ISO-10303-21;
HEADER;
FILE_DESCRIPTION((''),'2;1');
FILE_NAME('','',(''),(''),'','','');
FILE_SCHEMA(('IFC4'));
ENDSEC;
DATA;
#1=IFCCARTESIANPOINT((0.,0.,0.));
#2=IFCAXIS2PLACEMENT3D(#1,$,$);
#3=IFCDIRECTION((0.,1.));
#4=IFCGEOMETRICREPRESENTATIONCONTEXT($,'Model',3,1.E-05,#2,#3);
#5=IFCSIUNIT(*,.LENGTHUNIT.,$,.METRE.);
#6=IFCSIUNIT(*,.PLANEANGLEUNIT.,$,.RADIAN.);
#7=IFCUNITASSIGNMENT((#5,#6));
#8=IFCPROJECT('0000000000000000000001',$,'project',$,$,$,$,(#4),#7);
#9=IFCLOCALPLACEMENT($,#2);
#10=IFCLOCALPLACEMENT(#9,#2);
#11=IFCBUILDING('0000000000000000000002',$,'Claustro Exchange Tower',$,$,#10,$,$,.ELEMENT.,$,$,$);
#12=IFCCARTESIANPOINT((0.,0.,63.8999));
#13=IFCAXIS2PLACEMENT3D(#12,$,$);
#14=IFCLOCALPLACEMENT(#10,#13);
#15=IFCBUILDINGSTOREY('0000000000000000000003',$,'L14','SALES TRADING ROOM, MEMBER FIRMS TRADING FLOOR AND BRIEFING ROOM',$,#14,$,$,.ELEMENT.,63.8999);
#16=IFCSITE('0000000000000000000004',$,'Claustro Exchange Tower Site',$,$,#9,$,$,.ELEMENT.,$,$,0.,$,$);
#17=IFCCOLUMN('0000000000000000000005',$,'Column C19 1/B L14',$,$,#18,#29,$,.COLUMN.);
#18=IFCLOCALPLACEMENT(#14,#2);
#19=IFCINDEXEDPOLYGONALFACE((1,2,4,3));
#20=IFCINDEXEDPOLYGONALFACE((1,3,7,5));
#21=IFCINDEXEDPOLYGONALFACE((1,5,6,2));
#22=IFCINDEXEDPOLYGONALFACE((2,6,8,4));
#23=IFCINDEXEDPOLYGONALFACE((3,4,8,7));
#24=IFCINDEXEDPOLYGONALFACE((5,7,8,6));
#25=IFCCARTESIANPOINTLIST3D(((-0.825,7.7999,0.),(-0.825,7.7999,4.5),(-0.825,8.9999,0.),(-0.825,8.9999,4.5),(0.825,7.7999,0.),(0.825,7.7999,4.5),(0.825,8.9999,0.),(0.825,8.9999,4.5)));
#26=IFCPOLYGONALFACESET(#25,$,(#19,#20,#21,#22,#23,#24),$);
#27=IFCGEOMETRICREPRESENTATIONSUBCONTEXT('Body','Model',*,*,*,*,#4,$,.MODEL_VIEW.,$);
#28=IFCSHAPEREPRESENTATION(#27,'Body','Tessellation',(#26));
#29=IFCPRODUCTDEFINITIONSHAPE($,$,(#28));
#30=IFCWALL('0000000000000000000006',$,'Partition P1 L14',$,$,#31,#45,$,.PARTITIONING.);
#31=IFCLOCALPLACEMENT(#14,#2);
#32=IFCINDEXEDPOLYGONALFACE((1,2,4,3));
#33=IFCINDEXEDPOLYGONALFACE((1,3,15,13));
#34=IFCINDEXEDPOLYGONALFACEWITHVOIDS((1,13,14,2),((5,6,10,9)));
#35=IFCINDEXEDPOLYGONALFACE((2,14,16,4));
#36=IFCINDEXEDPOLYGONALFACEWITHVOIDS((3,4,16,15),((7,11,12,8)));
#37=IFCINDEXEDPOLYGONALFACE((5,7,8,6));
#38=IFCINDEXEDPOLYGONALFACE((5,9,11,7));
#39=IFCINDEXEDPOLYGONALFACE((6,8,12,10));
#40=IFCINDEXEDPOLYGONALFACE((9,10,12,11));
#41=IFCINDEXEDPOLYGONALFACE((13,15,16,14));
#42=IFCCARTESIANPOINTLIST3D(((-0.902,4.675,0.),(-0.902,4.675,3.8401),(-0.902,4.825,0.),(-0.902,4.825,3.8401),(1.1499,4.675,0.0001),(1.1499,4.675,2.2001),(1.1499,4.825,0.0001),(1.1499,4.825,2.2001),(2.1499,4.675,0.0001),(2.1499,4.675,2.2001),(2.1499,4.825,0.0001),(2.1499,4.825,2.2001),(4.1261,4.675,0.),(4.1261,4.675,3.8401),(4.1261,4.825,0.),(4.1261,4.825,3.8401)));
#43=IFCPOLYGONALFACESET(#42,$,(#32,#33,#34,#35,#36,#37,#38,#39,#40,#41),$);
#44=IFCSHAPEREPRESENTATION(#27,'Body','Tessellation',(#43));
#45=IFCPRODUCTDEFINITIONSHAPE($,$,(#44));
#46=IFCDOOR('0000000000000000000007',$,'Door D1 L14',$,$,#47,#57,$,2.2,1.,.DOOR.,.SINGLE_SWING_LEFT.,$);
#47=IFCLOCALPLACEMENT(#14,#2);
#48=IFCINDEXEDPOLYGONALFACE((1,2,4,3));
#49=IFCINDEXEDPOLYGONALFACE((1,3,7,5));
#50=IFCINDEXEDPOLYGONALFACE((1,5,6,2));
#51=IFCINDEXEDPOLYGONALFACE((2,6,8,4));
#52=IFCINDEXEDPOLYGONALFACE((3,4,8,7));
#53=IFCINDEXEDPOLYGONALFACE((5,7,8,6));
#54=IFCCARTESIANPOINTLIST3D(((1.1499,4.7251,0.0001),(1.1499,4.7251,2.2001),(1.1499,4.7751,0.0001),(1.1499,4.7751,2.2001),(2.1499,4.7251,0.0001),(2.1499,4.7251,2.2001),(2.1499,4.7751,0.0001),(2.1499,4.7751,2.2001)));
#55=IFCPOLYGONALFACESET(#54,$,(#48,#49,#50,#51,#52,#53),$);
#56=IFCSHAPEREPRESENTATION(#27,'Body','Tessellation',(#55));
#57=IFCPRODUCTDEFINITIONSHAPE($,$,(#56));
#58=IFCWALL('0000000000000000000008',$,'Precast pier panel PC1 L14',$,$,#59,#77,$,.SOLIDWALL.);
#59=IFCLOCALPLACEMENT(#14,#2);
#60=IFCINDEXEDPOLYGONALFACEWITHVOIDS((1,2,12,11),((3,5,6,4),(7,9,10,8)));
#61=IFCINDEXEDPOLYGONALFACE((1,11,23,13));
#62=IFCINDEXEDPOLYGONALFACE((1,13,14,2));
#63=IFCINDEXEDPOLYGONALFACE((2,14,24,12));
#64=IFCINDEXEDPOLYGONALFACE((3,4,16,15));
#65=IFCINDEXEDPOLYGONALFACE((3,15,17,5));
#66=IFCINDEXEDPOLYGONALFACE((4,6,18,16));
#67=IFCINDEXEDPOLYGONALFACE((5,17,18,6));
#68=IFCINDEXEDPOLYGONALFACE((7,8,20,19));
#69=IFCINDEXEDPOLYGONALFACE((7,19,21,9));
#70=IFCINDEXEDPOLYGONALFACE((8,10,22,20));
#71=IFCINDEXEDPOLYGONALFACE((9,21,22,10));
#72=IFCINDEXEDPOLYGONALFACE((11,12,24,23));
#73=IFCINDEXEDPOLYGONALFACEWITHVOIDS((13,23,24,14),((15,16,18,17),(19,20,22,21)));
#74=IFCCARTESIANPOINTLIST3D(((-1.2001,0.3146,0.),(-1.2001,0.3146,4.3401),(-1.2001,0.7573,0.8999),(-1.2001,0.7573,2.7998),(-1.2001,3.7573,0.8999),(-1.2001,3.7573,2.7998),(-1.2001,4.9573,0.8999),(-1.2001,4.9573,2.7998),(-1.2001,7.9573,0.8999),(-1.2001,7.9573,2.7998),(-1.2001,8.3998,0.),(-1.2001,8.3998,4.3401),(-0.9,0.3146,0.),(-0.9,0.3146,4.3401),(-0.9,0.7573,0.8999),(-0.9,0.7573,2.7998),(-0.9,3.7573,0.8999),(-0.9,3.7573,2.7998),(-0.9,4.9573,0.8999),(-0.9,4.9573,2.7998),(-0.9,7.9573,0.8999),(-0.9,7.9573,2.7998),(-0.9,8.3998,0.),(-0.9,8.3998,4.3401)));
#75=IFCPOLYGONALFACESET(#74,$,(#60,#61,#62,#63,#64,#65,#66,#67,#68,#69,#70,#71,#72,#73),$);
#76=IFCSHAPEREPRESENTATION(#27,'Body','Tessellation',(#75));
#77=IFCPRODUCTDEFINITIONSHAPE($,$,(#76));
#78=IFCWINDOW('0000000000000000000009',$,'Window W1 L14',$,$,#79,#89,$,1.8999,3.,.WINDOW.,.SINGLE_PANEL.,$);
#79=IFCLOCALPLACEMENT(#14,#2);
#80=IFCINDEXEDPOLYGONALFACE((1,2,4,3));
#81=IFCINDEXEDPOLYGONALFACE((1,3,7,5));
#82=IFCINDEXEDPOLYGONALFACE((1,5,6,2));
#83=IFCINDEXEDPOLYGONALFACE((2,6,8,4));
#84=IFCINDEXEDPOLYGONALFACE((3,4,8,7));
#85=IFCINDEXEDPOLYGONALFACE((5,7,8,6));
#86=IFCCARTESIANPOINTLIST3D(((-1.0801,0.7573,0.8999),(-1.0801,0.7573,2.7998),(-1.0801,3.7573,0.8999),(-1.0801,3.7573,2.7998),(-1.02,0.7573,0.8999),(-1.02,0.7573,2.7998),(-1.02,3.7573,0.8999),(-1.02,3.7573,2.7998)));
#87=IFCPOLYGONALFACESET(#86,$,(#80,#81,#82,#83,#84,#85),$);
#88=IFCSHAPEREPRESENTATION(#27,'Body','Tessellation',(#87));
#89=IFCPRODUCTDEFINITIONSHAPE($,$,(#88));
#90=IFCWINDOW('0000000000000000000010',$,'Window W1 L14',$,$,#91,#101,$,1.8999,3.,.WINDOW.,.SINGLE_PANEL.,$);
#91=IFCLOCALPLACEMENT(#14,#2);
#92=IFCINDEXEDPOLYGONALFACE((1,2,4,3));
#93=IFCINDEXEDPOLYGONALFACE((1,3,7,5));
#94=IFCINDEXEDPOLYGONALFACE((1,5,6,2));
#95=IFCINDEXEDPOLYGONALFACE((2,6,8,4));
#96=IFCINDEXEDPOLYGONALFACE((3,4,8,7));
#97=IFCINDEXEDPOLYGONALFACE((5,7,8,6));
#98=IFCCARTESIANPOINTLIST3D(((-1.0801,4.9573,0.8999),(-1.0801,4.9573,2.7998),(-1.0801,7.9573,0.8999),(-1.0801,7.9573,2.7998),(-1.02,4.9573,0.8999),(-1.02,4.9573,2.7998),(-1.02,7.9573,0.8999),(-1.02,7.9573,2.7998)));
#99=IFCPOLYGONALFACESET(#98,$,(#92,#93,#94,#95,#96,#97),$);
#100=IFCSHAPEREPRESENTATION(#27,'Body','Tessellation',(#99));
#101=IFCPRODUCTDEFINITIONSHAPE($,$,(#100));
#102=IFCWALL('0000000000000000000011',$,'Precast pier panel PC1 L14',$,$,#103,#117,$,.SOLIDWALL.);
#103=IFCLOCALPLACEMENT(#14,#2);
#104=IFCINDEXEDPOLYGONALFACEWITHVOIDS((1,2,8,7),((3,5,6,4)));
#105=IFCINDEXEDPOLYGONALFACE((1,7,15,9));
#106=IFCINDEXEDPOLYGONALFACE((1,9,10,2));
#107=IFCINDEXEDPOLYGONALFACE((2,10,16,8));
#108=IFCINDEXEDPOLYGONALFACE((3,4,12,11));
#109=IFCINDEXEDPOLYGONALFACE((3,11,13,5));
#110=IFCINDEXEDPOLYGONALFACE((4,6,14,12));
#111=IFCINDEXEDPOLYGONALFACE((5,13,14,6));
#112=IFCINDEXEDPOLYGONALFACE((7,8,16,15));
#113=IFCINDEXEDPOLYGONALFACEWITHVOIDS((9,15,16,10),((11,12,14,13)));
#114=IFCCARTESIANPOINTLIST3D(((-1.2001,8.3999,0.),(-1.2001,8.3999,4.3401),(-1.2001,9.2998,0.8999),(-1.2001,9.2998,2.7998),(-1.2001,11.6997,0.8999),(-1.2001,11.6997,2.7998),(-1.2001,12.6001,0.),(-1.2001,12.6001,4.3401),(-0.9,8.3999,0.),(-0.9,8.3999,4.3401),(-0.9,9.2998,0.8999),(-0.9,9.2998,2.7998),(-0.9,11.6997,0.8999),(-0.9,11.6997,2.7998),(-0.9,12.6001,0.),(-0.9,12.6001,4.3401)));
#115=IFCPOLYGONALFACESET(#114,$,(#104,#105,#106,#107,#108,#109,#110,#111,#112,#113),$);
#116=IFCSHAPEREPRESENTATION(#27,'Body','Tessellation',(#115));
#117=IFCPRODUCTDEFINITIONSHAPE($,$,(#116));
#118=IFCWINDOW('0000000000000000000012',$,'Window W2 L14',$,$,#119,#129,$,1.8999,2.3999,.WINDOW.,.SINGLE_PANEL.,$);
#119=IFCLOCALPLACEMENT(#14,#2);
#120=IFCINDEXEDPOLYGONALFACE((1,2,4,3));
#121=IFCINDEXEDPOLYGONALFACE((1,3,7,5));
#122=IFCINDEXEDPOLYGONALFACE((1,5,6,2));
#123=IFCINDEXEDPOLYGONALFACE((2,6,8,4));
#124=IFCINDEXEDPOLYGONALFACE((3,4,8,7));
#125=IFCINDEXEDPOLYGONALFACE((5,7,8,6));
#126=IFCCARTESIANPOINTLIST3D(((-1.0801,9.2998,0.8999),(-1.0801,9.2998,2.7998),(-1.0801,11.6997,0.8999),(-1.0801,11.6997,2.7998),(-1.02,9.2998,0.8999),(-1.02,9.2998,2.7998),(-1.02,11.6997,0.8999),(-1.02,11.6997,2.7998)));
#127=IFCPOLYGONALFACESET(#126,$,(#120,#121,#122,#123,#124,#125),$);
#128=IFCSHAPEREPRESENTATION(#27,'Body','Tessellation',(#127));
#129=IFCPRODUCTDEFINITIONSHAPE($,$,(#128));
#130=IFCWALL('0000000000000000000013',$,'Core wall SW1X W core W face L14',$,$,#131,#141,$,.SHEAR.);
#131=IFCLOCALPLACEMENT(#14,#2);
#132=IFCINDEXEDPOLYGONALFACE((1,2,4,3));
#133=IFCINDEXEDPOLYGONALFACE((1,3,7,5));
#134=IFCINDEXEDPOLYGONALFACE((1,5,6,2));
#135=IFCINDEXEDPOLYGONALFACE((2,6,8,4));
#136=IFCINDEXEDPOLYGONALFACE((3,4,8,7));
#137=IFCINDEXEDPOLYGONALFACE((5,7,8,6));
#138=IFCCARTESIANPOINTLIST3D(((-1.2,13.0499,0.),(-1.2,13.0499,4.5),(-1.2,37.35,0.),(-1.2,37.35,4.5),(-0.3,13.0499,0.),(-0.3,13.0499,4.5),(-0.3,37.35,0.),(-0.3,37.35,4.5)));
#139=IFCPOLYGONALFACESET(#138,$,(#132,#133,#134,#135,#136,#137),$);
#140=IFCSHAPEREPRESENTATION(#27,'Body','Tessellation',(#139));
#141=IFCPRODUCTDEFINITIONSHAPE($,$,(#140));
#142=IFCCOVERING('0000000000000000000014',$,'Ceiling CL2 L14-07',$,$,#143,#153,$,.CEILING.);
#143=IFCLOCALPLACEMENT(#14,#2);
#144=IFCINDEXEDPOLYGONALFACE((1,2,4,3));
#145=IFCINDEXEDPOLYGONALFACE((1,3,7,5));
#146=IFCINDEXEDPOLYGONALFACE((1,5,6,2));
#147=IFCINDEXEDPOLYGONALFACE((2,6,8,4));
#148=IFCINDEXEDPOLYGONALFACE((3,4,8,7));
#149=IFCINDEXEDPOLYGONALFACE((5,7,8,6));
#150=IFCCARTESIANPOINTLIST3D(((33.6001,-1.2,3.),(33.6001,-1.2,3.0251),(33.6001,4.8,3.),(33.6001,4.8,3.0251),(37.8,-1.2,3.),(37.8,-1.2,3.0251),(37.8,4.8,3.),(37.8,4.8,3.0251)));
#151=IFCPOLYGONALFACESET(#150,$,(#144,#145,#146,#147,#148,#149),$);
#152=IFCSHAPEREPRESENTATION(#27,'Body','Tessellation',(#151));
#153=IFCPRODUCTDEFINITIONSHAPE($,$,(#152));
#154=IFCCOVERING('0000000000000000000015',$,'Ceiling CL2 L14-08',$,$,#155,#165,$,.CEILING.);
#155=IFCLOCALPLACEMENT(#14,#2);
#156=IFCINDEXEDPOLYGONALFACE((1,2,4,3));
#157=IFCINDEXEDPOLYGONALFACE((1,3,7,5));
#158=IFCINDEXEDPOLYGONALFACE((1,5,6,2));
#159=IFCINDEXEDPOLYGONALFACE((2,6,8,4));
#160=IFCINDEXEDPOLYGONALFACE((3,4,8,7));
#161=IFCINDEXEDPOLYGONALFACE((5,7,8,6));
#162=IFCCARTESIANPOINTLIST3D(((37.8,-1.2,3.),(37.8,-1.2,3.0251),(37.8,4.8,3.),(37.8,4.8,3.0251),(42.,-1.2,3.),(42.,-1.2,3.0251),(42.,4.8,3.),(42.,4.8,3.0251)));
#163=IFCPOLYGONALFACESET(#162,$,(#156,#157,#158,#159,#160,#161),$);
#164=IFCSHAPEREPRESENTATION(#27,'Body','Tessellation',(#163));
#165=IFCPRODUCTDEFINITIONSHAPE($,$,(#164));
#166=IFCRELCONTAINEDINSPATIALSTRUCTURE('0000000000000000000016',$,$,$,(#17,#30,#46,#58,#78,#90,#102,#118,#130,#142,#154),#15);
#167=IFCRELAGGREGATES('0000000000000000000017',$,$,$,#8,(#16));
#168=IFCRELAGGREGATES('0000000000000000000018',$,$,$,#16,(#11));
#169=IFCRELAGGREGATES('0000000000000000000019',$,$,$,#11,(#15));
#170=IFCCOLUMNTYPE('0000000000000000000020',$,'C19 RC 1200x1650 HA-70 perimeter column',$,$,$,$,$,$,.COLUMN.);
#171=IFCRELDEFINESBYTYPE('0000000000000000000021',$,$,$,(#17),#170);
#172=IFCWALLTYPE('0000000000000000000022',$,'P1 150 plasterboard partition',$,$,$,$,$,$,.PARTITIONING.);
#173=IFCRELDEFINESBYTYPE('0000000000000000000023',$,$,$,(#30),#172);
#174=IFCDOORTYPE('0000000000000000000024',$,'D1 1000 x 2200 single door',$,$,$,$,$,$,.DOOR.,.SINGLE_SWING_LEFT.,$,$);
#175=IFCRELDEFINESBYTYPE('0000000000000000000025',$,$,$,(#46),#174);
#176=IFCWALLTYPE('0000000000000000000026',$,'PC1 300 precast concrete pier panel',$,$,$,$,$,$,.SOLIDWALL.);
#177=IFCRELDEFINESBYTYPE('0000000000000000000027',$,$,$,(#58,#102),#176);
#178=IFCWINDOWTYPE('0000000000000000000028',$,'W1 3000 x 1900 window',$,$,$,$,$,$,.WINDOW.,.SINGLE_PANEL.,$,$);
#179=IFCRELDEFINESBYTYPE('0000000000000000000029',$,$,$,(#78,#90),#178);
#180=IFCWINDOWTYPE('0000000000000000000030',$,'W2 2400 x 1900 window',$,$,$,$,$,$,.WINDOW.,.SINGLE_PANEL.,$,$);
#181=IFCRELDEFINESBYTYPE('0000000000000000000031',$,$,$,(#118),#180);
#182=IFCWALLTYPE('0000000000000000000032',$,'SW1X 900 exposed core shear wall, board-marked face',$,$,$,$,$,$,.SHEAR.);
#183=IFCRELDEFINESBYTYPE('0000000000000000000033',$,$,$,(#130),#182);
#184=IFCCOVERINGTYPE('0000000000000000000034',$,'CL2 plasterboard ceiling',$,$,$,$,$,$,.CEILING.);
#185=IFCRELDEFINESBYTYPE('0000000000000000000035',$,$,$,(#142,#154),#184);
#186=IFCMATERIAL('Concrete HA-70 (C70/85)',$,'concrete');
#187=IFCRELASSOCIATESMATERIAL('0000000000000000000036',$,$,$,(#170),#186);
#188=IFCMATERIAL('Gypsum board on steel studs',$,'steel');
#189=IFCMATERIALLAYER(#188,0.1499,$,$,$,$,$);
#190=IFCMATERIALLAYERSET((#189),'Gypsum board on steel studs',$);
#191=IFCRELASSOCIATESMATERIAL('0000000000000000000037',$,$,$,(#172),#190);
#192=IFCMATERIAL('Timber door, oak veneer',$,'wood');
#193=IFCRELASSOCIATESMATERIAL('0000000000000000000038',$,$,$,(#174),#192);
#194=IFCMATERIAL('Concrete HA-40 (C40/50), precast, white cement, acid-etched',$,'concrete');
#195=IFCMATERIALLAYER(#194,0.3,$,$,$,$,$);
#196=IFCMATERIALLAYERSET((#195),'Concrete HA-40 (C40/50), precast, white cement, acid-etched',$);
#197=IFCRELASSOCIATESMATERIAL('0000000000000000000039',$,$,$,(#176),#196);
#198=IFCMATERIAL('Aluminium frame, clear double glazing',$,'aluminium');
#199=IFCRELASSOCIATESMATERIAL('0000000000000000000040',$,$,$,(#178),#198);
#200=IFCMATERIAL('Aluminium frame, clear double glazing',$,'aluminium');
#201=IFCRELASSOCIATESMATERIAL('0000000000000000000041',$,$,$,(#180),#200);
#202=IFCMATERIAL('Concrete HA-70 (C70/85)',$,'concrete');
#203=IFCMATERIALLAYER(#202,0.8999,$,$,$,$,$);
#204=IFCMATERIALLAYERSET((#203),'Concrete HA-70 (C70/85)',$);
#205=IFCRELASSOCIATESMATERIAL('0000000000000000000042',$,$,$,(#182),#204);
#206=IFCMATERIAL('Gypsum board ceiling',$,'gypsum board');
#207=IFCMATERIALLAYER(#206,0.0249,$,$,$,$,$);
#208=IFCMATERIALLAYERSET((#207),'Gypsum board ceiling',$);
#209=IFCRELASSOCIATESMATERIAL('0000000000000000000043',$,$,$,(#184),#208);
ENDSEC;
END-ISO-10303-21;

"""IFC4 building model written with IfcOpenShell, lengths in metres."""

from ifc_helpers import new_model, si_unit, direction, frame, frame_2d, origin, origin_2d, place, context, subcontext, project, spatial, polyline, rectangle, outline, extrude, material, layer, layer_set, material_profile, profile_set, type_object, element, fill, save


model = new_model("IFC4")

# Units and contexts
model_context = context("Model", 3, precision=1e-05, world=origin(), true_north=direction((0.0, 1.0)))
body_context = subcontext(model_context, "Body", "Model", "MODEL_VIEW")
ifc_project = project(units=[si_unit("LENGTHUNIT", "METRE"), si_unit("PLANEANGLEUNIT", "RADIAN")], contexts=[model_context])

# Site, building, storey
site_placement = place(None, origin())
site = spatial("IfcSite", under=ifc_project, at=site_placement, Name="Claustro Exchange Tower Site", CompositionType="ELEMENT", RefElevation=0.0)
building_placement = place(site_placement, origin())
building = spatial("IfcBuilding", under=site, at=building_placement, Name="Claustro Exchange Tower", CompositionType="ELEMENT")
storey_placement = place(building_placement, frame((0.0, 0.0, 63.8999)))
storey = spatial("IfcBuildingStorey", under=building, at=storey_placement, Name="L14", Description="SALES TRADING ROOM, MEMBER FIRMS TRADING FLOOR AND BRIEFING ROOM", CompositionType="ELEMENT", Elevation=63.8999)

# Column
ifc_material_1 = material(Name="Concrete HA-70 (C70/85)", Category="concrete")
ifc_material_profile = material_profile(ifc_material_1, rectangle(XDim=1.2, YDim=1.6499, at=origin_2d()), Name="RC 1200x1650")
ifc_profile_set = profile_set([ifc_material_profile], Name="Concrete HA-70 (C70/85)")
column_type = type_object("IfcColumnType", Name="C19 RC 1200x1650 HA-70 perimeter column", PredefinedType="COLUMN", material=ifc_profile_set)
column_placement = place(storey_placement, frame((0.0, 8.3999, 0.0), z_axis=(0.0, 0.0, 1.0), x_axis=(0.0, 1.0, 0.0)))
element("IfcColumn", 1, at=column_placement, inside=storey, type_object=column_type, Name="Column C19 1/B L14", PredefinedType="COLUMN", context=body_context, shape_type="SweptSolid", body=[
    extrude(rectangle(XDim=1.2, YDim=1.6499, at=origin_2d()), origin(), (0.0, 0.0, 1.0), 4.5),
])

# Wall, opening, door
ifc_material_2 = material(Name="Gypsum board on steel studs", Category="steel")
ifc_layer_1 = layer(ifc_material_2, 0.1499)
ifc_layer_set_1 = layer_set([ifc_layer_1], Name="Gypsum board on steel studs")
wall_type_1 = type_object("IfcWallType", Name="P1 150 plasterboard partition", PredefinedType="PARTITIONING", material=ifc_layer_set_1)
wall_1_placement = place(storey_placement, frame((-0.9021, 4.75, 0.0), z_axis=(0.0, 0.0, 1.0), x_axis=(1.0, 0.0, 0.0)))
wall_1 = element("IfcWall", 2, at=wall_1_placement, inside=storey, type_object=wall_type_1, Name="Partition P1 L14", PredefinedType="PARTITIONING", context=body_context, shape_type="SweptSolid", body=[
    extrude(rectangle(XDim=5.0281, YDim=0.1499, at=frame_2d((2.5142, 0.0))), origin(), (0.0, 0.0, 1.0), 3.8401),
])
opening_1_placement = place(wall_1_placement, frame((2.052, 0.0, 0.0)))
opening_1 = element("IfcOpeningElement", 3, at=opening_1_placement, cuts=wall_1, PredefinedType="OPENING", context=body_context, shape_type="SweptSolid", body=[
    extrude(rectangle(XDim=1.0, YDim=2.2, at=frame_2d((0.5, 1.1001))), frame((0.0, 0.085, 0.0), z_axis=(0.0, -1.0, 0.0), x_axis=(1.0, 0.0, 0.0)), (0.0, 0.0, 1.0), 0.1699),
])
ifc_material_3 = material(Name="Timber door, oak veneer", Category="wood")
door_type_1 = type_object("IfcDoorType", Name="D1 1000 x 2200 single door", OperationType="SINGLE_SWING_LEFT", PredefinedType="DOOR", material=ifc_material_3)
door_1_placement = place(opening_1_placement, frame((1.0, 0.0, 0.0), z_axis=(0.0, 0.0, 1.0), x_axis=(-1.0, 0.0, 0.0)))
door_1 = element("IfcDoor", 4, at=door_1_placement, inside=storey, type_object=door_type_1, Name="Door D1 L14", OperationType="SINGLE_SWING_LEFT", OverallHeight=2.2, OverallWidth=1.0, PredefinedType="DOOR", context=body_context, shape_type="SweptSolid", body=[
    extrude(rectangle(XDim=1.0, YDim=2.2, at=frame_2d((0.5, 1.1001))), frame((0.0, 0.0249, 0.0), z_axis=(0.0, -1.0, 0.0), x_axis=(1.0, 0.0, 0.0)), (0.0, 0.0, 1.0), 0.05),
])
fill(opening_1, door_1)

# Wall, openings, windows
ifc_material_4 = material(Name="Concrete HA-40 (C40/50), precast, white cement, acid-etched", Category="concrete")
ifc_layer_2 = layer(ifc_material_4, 0.3)
ifc_layer_set_2 = layer_set([ifc_layer_2], Name="Concrete HA-40 (C40/50), precast, white cement, acid-etched")
wall_type_2 = type_object("IfcWallType", Name="PC1 300 precast concrete pier panel", PredefinedType="SOLIDWALL", material=ifc_layer_set_2)
wall_2_placement = place(storey_placement, frame((-1.05, 0.3147, 0.0), z_axis=(0.0, 0.0, 1.0), x_axis=(0.0, 1.0, 0.0)))
wall_2 = element("IfcWall", 5, at=wall_2_placement, inside=storey, type_object=wall_type_2, Name="Precast pier panel PC1 L14", PredefinedType="SOLIDWALL", context=body_context, shape_type="SweptSolid", body=[
    extrude(rectangle(XDim=8.0852, YDim=0.3, at=frame_2d((4.0425, 0.0))), origin(), (0.0, 0.0, 1.0), 4.3401),
])
opening_2_placement = place(wall_2_placement, frame((0.4426, 0.0, 0.8999)))
opening_2 = element("IfcOpeningElement", 6, at=opening_2_placement, cuts=wall_2, PredefinedType="OPENING", context=body_context, shape_type="SweptSolid", body=[
    extrude(rectangle(XDim=3.0, YDim=1.8999, at=frame_2d((1.5, 0.95))), frame((0.0, 0.1599, 0.0), z_axis=(0.0, -1.0, 0.0), x_axis=(1.0, 0.0, 0.0)), (0.0, 0.0, 1.0), 0.3201),
])
opening_3_placement = place(wall_2_placement, frame((4.6426, 0.0, 0.8999)))
opening_3 = element("IfcOpeningElement", 7, at=opening_3_placement, cuts=wall_2, PredefinedType="OPENING", context=body_context, shape_type="SweptSolid", body=[
    extrude(rectangle(XDim=3.0, YDim=1.8999, at=frame_2d((1.5, 0.95))), frame((0.0, 0.1599, 0.0), z_axis=(0.0, -1.0, 0.0), x_axis=(1.0, 0.0, 0.0)), (0.0, 0.0, 1.0), 0.3201),
])
ifc_material_5 = material(Name="Aluminium frame, clear double glazing", Category="aluminium")
window_type_1 = type_object("IfcWindowType", Name="W1 3000 x 1900 window", PartitioningType="SINGLE_PANEL", PredefinedType="WINDOW", material=ifc_material_5)
window_1_placement = place(opening_2_placement, origin())
window_1 = element("IfcWindow", 8, at=window_1_placement, inside=storey, type_object=window_type_1, Name="Window W1 L14", OverallHeight=1.8999, OverallWidth=3.0, PartitioningType="SINGLE_PANEL", PredefinedType="WINDOW", context=body_context, shape_type="SweptSolid", body=[
    extrude(rectangle(XDim=3.0, YDim=1.8999, at=frame_2d((1.5, 0.95))), frame((0.0, 0.03, 0.0), z_axis=(0.0, -1.0, 0.0), x_axis=(1.0, 0.0, 0.0)), (0.0, 0.0, 1.0), 0.0601),
])
fill(opening_2, window_1)
window_2_placement = place(opening_3_placement, origin())
window_2 = element("IfcWindow", 9, at=window_2_placement, inside=storey, type_object=window_type_1, Name="Window W1 L14", OverallHeight=1.8999, OverallWidth=3.0, PartitioningType="SINGLE_PANEL", PredefinedType="WINDOW", context=body_context, shape_type="SweptSolid", body=[
    extrude(rectangle(XDim=3.0, YDim=1.8999, at=frame_2d((1.5, 0.95))), frame((0.0, 0.03, 0.0), z_axis=(0.0, -1.0, 0.0), x_axis=(1.0, 0.0, 0.0)), (0.0, 0.0, 1.0), 0.0601),
])
fill(opening_3, window_2)

# Wall, opening, window
wall_3_placement = place(storey_placement, frame((-1.05, 8.3999, 0.0), z_axis=(0.0, 0.0, 1.0), x_axis=(0.0, 1.0, 0.0)))
wall_3 = element("IfcWall", 10, at=wall_3_placement, inside=storey, type_object=wall_type_2, Name="Precast pier panel PC1 L14", PredefinedType="SOLIDWALL", context=body_context, shape_type="SweptSolid", body=[
    extrude(rectangle(XDim=4.2002, YDim=0.3, at=frame_2d((2.1001, 0.0))), origin(), (0.0, 0.0, 1.0), 4.3401),
])
opening_4_placement = place(wall_3_placement, frame((0.8999, 0.0, 0.8999)))
opening_4 = element("IfcOpeningElement", 11, at=opening_4_placement, cuts=wall_3, PredefinedType="OPENING", context=body_context, shape_type="SweptSolid", body=[
    extrude(rectangle(XDim=2.3999, YDim=1.8999, at=frame_2d((1.2, 0.95))), frame((0.0, 0.1599, 0.0), z_axis=(0.0, -1.0, 0.0), x_axis=(1.0, 0.0, 0.0)), (0.0, 0.0, 1.0), 0.3201),
])
ifc_material_6 = material(Name="Aluminium frame, clear double glazing", Category="aluminium")
window_type_2 = type_object("IfcWindowType", Name="W2 2400 x 1900 window", PartitioningType="SINGLE_PANEL", PredefinedType="WINDOW", material=ifc_material_6)
window_3_placement = place(opening_4_placement, origin())
window_3 = element("IfcWindow", 12, at=window_3_placement, inside=storey, type_object=window_type_2, Name="Window W2 L14", OverallHeight=1.8999, OverallWidth=2.3999, PartitioningType="SINGLE_PANEL", PredefinedType="WINDOW", context=body_context, shape_type="SweptSolid", body=[
    extrude(rectangle(XDim=2.3999, YDim=1.8999, at=frame_2d((1.2, 0.95))), frame((0.0, 0.03, 0.0), z_axis=(0.0, -1.0, 0.0), x_axis=(1.0, 0.0, 0.0)), (0.0, 0.0, 1.0), 0.0601),
])
fill(opening_4, window_3)

# Wall
ifc_material_7 = material(Name="Concrete HA-70 (C70/85)", Category="concrete")
ifc_layer_3 = layer(ifc_material_7, 0.8999)
ifc_layer_set_3 = layer_set([ifc_layer_3], Name="Concrete HA-70 (C70/85)")
wall_type_3 = type_object("IfcWallType", Name="SW1X 900 exposed core shear wall, board-marked face", PredefinedType="SHEAR", material=ifc_layer_set_3)
wall_4_placement = place(storey_placement, frame((-0.75, 13.05, 0.0), z_axis=(0.0, 0.0, 1.0), x_axis=(0.0, 1.0, 0.0)))
element("IfcWall", 13, at=wall_4_placement, inside=storey, type_object=wall_type_3, Name="Core wall SW1X W core W face L14", PredefinedType="SHEAR", context=body_context, shape_type="SweptSolid", body=[
    extrude(rectangle(XDim=24.3, YDim=0.8999, at=frame_2d((12.1499, 0.0))), origin(), (0.0, 0.0, 1.0), 4.5),
])

# Coverings
ifc_material_8 = material(Name="Gypsum board ceiling", Category="gypsum board")
ifc_layer_4 = layer(ifc_material_8, 0.0249)
ifc_layer_set_4 = layer_set([ifc_layer_4], Name="Gypsum board ceiling")
covering_type_1 = type_object("IfcCoveringType", Name="CL2 plasterboard ceiling", PredefinedType="CEILING", material=ifc_layer_set_4)
covering_1_placement = place(storey_placement, frame((0.0, 0.0, 3.0)))
element("IfcCovering", 14, at=covering_1_placement, inside=storey, type_object=covering_type_1, Name="Ceiling CL2 L14-07", PredefinedType="CEILING", context=body_context, shape_type="SweptSolid", body=[
    extrude(outline(polyline([(33.6001, -1.2), (37.8, -1.2), (37.8, 4.8), (33.6001, 4.8), (33.6001, -1.2)])), origin(), (0.0, 0.0, 1.0), 0.0251),
])
covering_2_placement = place(storey_placement, frame((0.0, 0.0, 3.0)))
element("IfcCovering", 15, at=covering_2_placement, inside=storey, type_object=covering_type_1, Name="Ceiling CL2 L14-08", PredefinedType="CEILING", context=body_context, shape_type="SweptSolid", body=[
    extrude(outline(polyline([(37.8, -1.2), (42.0, -1.2), (42.0, 4.8), (37.8, 4.8), (37.8, -1.2)])), origin(), (0.0, 0.0, 1.0), 0.0251),
])

save(model, "model.ifc")
